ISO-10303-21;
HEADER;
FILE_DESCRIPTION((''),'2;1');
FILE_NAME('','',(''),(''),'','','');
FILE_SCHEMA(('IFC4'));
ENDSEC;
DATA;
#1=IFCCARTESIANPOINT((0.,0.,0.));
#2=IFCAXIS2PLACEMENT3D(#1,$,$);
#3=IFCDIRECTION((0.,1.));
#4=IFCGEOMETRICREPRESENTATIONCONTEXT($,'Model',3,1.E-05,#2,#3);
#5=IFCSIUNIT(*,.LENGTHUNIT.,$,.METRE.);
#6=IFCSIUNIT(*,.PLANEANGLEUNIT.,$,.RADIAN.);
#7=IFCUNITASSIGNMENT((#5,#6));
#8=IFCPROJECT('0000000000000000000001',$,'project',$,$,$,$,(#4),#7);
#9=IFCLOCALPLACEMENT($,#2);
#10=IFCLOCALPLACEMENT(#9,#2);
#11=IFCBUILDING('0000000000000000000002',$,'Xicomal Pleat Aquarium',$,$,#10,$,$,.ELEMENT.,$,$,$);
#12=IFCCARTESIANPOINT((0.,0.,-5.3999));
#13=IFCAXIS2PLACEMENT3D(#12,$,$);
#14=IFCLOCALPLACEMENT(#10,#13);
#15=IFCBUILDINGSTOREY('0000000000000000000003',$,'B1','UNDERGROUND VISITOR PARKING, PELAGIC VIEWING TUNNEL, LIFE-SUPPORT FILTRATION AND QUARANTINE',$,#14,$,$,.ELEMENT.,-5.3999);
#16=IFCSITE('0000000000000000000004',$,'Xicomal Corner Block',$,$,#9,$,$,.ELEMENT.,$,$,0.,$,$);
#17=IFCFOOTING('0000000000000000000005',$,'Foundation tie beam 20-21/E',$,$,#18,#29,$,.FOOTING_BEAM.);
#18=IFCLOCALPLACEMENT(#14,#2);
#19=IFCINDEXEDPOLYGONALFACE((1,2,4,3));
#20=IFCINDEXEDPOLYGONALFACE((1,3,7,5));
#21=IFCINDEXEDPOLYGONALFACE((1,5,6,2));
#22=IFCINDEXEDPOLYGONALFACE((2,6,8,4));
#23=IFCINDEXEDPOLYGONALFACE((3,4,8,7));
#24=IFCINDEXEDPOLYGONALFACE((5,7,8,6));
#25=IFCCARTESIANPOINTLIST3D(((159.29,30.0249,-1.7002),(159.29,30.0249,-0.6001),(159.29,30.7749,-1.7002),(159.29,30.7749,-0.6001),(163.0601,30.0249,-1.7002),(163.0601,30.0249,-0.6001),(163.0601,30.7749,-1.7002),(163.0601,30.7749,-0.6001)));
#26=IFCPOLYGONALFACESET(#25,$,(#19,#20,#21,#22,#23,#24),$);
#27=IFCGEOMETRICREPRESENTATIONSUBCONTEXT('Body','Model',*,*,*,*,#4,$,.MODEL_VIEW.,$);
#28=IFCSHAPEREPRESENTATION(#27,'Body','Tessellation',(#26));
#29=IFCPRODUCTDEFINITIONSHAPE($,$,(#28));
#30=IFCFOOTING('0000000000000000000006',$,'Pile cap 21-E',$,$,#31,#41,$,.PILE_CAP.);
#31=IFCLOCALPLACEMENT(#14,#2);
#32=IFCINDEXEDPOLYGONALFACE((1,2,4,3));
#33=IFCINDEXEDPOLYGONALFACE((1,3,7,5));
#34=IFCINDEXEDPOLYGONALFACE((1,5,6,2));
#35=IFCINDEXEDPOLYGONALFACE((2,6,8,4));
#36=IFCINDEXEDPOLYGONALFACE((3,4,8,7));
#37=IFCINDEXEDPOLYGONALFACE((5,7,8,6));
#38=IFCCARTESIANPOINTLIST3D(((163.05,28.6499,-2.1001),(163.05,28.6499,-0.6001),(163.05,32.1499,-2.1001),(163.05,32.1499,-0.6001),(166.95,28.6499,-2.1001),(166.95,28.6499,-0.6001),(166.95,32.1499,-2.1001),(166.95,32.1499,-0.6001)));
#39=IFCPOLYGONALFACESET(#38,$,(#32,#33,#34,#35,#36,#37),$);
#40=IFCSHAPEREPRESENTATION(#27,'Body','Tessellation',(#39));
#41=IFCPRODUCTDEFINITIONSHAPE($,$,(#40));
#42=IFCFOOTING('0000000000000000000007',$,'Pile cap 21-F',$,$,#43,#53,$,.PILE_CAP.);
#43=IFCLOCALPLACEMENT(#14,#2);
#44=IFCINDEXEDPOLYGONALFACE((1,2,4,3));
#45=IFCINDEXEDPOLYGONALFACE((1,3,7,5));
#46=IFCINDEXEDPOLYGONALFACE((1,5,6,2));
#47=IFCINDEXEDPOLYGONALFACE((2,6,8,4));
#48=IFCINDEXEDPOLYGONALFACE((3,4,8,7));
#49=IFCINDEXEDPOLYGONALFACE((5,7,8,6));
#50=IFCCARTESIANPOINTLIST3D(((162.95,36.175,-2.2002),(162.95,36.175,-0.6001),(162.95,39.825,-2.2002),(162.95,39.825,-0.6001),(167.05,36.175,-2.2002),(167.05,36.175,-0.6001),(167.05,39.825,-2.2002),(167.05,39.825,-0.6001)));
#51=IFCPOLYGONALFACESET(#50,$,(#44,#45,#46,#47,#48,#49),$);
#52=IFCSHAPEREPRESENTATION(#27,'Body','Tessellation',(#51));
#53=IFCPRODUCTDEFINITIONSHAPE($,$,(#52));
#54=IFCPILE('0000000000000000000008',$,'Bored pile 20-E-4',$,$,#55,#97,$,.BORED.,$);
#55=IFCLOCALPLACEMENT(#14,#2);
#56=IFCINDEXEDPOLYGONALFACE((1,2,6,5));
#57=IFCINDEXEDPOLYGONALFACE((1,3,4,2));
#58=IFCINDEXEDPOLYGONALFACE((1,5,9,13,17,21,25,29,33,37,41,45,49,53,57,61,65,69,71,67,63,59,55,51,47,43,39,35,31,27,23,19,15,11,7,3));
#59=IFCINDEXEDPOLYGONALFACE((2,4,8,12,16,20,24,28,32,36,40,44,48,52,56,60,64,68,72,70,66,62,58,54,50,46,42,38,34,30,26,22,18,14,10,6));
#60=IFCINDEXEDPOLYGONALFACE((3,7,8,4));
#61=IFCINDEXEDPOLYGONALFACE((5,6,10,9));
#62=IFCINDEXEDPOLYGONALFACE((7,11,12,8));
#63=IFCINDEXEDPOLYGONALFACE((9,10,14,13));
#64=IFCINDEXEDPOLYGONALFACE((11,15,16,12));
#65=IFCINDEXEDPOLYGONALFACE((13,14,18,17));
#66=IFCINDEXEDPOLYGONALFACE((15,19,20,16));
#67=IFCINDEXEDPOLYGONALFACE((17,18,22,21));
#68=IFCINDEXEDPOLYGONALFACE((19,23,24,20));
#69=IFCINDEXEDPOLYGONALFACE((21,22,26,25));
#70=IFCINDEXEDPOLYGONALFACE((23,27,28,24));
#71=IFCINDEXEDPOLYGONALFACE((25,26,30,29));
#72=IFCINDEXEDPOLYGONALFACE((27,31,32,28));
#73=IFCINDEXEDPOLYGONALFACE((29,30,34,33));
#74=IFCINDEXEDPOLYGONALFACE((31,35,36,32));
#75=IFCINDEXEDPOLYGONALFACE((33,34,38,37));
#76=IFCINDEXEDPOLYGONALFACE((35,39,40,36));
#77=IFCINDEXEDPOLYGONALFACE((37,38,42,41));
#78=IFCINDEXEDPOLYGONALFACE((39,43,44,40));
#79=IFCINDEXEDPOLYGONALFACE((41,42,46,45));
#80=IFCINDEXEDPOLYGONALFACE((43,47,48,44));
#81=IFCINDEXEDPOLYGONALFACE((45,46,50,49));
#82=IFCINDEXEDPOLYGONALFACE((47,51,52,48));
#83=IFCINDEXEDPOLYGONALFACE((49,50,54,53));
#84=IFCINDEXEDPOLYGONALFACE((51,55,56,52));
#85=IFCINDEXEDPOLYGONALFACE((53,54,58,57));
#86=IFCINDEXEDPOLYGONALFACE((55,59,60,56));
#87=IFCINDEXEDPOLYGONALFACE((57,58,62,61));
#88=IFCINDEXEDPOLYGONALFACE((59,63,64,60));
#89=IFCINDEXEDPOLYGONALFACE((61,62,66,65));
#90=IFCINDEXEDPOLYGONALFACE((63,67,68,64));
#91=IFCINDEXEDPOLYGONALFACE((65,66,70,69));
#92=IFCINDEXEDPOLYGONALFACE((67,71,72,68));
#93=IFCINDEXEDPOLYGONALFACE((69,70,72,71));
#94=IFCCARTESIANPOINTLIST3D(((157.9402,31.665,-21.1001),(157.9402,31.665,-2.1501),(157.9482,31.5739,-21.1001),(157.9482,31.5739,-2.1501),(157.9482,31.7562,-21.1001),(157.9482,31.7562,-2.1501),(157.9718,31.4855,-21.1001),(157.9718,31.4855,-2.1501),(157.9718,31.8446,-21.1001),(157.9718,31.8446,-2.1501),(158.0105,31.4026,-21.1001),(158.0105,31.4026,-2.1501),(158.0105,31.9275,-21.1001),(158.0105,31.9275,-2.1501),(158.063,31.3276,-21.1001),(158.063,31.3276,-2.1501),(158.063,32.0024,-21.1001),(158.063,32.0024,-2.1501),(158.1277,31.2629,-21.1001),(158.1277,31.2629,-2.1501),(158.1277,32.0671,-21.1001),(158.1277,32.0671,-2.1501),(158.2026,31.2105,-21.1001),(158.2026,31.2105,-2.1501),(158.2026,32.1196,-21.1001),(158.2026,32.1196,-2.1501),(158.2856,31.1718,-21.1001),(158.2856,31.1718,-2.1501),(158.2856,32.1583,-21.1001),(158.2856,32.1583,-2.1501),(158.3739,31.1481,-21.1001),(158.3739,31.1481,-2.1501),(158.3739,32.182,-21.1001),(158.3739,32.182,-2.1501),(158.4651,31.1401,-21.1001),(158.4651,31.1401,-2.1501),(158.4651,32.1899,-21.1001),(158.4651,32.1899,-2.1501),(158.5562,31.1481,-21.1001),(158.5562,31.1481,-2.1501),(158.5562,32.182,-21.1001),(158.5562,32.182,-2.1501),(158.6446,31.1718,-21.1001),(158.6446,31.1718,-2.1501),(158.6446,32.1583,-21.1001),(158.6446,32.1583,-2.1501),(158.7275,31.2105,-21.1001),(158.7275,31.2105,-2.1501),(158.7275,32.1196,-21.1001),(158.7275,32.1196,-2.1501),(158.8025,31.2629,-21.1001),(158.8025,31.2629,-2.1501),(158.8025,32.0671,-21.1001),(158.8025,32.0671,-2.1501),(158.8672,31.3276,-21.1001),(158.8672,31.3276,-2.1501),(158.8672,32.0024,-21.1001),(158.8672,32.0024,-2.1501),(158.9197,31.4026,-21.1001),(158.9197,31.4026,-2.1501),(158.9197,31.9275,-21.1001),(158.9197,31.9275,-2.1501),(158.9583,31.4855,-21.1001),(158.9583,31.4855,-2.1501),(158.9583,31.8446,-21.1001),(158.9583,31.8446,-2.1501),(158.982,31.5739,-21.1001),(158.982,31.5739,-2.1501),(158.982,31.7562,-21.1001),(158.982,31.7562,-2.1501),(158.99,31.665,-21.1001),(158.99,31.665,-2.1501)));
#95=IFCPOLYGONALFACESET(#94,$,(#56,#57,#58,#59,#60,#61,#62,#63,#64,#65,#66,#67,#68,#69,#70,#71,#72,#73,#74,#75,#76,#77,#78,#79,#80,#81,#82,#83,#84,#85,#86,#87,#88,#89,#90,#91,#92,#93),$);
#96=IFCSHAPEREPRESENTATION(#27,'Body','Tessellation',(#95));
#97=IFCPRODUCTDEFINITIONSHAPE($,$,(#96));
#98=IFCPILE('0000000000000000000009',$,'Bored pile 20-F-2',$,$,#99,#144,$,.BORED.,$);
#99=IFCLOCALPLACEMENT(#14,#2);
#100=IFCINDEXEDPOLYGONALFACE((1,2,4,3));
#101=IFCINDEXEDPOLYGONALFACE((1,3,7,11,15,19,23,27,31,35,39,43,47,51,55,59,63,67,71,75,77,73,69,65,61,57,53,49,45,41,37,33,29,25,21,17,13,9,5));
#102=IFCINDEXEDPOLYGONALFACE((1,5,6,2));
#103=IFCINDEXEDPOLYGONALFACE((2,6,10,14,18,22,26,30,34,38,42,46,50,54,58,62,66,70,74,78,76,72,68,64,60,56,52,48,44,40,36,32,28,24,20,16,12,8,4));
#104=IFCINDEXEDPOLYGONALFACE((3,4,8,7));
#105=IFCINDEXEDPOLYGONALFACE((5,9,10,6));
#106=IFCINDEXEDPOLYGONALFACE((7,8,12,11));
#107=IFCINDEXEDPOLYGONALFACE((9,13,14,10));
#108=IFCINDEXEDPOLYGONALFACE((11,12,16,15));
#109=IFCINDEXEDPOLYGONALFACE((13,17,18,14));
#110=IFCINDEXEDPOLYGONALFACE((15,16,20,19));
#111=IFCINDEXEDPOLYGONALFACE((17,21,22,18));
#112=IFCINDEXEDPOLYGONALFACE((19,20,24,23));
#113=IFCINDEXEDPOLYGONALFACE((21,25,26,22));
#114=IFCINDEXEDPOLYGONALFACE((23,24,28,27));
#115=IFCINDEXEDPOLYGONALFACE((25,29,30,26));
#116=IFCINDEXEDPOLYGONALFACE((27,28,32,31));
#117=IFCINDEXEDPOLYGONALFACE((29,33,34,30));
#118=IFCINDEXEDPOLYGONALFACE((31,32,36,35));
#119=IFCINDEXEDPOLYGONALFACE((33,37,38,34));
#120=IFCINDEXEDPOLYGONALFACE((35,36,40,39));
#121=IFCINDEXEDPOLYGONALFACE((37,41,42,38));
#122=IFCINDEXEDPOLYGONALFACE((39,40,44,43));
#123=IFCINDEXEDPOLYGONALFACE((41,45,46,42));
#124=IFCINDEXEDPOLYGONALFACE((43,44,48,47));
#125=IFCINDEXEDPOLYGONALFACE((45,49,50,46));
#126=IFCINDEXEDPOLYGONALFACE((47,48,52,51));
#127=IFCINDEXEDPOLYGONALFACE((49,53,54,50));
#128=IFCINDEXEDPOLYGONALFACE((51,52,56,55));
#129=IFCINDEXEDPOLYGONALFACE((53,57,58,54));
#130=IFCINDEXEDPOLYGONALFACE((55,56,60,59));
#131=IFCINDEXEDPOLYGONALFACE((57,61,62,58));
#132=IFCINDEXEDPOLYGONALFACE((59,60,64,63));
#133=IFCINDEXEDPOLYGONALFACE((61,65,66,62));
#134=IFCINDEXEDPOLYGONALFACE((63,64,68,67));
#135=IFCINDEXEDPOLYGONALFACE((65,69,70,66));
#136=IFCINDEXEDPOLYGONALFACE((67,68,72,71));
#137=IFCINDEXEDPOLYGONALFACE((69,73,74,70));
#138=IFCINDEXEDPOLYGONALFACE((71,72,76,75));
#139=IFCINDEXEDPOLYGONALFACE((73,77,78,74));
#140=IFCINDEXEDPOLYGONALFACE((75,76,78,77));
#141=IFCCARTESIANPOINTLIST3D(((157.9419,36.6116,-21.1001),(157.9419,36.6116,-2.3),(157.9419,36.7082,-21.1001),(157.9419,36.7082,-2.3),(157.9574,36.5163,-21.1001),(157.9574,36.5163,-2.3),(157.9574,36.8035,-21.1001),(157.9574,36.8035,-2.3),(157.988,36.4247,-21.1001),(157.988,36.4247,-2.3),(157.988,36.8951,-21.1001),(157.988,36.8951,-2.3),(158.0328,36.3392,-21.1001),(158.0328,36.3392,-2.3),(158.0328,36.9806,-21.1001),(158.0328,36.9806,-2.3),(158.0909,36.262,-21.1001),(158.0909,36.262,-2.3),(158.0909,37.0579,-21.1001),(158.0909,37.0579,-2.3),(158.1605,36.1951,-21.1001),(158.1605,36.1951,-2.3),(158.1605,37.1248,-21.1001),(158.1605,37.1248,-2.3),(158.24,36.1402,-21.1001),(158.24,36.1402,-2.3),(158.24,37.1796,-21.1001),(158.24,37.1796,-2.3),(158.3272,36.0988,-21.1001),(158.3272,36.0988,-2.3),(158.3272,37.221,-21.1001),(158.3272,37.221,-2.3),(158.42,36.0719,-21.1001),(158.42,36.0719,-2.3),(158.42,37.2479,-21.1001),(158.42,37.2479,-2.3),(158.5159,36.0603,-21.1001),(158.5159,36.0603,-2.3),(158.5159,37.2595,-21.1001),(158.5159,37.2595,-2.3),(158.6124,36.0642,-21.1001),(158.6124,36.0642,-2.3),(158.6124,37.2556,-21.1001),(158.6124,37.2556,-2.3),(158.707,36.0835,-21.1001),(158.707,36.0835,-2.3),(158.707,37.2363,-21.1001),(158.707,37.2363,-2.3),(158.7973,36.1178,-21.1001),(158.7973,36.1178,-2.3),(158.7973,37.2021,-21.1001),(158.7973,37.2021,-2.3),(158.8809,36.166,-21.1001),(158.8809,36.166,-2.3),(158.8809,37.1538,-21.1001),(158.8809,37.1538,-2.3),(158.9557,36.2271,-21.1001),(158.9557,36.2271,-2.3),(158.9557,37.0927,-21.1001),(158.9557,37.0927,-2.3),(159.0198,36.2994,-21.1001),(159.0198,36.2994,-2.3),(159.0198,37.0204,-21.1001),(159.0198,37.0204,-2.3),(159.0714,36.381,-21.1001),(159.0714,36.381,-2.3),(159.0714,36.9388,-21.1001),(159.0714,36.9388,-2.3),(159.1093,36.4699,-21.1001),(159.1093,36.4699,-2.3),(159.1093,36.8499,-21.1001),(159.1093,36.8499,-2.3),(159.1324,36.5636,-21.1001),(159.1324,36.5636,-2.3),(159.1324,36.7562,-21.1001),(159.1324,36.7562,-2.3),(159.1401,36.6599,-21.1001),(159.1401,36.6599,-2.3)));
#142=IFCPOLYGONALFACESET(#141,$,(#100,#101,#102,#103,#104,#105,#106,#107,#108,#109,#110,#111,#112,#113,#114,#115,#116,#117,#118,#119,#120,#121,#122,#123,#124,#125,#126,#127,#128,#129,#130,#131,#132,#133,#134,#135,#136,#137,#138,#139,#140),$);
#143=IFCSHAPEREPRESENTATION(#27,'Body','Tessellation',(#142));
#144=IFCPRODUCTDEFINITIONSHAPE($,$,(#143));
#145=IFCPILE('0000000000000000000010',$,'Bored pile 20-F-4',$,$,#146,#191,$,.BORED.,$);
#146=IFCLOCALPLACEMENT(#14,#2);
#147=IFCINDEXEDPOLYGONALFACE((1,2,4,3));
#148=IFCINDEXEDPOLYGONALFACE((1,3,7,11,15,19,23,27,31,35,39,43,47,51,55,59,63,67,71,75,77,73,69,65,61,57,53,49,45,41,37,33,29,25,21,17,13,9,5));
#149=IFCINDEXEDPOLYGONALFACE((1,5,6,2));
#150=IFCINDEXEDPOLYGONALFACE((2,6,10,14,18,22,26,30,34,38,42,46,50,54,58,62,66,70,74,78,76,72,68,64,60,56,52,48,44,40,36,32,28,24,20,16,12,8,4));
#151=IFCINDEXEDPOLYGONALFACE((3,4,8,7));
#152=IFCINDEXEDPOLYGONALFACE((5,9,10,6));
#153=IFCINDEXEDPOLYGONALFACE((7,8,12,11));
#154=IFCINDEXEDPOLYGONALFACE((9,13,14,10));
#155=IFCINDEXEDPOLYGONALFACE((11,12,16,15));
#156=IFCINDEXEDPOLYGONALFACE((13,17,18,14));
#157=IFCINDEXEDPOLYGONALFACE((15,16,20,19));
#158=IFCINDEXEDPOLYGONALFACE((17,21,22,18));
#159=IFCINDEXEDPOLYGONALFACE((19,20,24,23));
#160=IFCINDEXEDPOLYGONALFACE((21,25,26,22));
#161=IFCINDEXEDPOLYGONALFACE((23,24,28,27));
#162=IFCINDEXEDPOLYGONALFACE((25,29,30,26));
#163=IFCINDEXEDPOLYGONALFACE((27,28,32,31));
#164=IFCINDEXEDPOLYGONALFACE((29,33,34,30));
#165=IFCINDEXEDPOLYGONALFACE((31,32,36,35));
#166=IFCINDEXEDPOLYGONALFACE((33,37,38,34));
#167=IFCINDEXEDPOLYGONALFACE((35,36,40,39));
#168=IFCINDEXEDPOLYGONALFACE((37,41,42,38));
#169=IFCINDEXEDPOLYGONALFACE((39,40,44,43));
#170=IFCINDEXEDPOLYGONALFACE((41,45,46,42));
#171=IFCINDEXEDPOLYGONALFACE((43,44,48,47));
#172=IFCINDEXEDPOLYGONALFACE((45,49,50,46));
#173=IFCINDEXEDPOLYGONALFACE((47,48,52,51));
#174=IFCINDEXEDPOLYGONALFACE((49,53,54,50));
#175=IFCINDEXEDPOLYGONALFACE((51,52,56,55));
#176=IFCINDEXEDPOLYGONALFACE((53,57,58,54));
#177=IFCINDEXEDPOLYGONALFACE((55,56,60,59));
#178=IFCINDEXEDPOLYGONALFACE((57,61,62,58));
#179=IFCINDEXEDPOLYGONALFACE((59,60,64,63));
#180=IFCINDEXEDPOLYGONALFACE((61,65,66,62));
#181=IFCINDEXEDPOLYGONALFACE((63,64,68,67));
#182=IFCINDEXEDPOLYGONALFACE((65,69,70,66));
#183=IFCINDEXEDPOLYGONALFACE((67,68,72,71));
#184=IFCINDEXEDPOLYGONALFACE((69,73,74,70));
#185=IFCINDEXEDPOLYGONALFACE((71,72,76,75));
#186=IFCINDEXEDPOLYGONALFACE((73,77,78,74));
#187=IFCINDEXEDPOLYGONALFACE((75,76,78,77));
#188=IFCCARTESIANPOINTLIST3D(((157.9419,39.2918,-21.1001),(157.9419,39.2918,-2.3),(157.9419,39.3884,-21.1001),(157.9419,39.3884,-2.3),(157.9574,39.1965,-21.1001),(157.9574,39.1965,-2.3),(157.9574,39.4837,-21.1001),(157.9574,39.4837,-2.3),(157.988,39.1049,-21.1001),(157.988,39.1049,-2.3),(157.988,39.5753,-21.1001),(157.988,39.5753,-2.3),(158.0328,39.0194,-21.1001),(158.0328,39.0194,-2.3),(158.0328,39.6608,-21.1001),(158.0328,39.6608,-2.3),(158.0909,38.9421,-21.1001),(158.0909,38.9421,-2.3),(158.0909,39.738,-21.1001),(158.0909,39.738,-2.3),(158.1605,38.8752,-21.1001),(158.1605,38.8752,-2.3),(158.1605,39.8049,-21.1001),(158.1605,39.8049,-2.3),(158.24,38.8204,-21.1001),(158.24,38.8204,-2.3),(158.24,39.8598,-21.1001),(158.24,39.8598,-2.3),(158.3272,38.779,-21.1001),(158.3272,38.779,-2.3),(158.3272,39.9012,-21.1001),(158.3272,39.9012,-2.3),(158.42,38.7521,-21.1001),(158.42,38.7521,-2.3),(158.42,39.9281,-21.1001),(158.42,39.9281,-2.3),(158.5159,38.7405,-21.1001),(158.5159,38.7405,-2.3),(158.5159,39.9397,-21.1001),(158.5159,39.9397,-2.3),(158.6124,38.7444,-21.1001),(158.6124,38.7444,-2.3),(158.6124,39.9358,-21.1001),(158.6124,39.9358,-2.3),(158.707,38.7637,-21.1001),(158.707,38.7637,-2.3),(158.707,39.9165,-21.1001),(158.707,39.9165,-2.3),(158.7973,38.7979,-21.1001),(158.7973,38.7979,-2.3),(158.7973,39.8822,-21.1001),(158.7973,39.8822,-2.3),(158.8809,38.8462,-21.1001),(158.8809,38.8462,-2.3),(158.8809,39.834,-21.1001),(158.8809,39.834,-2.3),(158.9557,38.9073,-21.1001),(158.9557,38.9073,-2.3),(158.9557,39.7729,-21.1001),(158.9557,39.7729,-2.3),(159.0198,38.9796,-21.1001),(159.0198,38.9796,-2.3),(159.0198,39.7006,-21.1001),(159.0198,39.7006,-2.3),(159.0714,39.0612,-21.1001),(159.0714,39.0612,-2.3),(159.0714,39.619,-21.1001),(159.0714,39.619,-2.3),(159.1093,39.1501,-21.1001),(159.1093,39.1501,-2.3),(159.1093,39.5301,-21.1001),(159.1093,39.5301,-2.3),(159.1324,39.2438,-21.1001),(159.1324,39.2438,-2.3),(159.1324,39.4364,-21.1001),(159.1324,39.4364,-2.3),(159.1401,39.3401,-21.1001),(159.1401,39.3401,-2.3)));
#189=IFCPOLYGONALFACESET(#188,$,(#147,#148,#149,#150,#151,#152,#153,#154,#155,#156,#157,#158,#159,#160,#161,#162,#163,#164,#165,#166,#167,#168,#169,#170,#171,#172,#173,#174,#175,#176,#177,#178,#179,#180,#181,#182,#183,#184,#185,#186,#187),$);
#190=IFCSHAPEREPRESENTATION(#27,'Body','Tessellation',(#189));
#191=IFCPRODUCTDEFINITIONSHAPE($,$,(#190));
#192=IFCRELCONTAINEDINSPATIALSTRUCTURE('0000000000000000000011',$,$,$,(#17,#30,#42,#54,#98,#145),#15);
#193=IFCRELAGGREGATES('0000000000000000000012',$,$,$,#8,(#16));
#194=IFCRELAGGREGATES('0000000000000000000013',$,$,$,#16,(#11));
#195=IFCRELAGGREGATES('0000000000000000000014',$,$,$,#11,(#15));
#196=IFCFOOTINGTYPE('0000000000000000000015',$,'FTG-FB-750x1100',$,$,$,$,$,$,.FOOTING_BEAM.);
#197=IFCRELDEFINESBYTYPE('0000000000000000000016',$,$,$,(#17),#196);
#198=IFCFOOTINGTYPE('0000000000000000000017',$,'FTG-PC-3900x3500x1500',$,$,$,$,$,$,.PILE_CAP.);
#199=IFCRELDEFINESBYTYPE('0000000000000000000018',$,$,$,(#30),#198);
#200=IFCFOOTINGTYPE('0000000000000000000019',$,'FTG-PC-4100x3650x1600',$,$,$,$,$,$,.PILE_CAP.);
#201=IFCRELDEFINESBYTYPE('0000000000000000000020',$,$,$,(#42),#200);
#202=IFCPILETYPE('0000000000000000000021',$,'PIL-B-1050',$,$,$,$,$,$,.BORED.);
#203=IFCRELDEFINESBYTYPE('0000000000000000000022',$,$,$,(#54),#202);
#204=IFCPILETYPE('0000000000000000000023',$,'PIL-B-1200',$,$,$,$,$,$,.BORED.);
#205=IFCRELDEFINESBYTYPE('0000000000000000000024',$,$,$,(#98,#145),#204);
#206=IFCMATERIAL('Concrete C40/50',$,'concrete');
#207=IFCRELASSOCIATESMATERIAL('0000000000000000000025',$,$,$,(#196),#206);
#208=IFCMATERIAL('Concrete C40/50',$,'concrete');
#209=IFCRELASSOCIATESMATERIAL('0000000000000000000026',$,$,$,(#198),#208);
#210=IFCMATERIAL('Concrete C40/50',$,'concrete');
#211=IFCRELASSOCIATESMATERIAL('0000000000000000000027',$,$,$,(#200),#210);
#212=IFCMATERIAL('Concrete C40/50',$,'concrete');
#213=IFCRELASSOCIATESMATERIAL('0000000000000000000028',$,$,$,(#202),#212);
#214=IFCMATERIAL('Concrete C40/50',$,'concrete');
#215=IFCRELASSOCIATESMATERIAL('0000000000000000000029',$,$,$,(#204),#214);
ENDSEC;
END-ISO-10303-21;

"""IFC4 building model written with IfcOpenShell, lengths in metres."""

from ifc_helpers import new_model, si_unit, direction, frame, origin, origin_2d, place, context, subcontext, project, spatial, rectangle, circle, extrude, material, material_profile, profile_set, type_object, element, save


model = new_model("IFC4")

# Units and contexts
model_context = context("Model", 3, precision=1e-05, world=origin(), true_north=direction((0.0, 1.0)))
body_context = subcontext(model_context, "Body", "Model", "MODEL_VIEW")
ifc_project = project(units=[si_unit("LENGTHUNIT", "METRE"), si_unit("PLANEANGLEUNIT", "RADIAN")], contexts=[model_context])

# Site, building, storey
site_placement = place(None, origin())
site = spatial("IfcSite", under=ifc_project, at=site_placement, Name="Xicomal Corner Block", CompositionType="ELEMENT", RefElevation=0.0)
building_placement = place(site_placement, origin())
building = spatial("IfcBuilding", under=site, at=building_placement, Name="Xicomal Pleat Aquarium", CompositionType="ELEMENT")
storey_placement = place(building_placement, frame((0.0, 0.0, -5.3999)))
storey = spatial("IfcBuildingStorey", under=building, at=storey_placement, Name="B1", Description="UNDERGROUND VISITOR PARKING, PELAGIC VIEWING TUNNEL, LIFE-SUPPORT FILTRATION AND QUARANTINE", CompositionType="ELEMENT", Elevation=-5.3999)

# Footings
ifc_material_1 = material(Name="Concrete C40/50", Category="concrete")
ifc_material_profile_1 = material_profile(ifc_material_1, rectangle(XDim=0.75, YDim=1.1001, at=origin_2d()), Name="FB-04 750x1100")
ifc_profile_set_1 = profile_set([ifc_material_profile_1], Name="Concrete C40/50")
footing_type_1 = type_object("IfcFootingType", Name="FTG-FB-750x1100", PredefinedType="FOOTING_BEAM", material=ifc_profile_set_1)
footing_1_placement = place(storey_placement, frame((159.29, 30.3999, -1.1501), z_axis=(1.0, 0.0, 0.0), x_axis=(0.0, 1.0, 0.0)))
element("IfcFooting", 1, at=footing_1_placement, inside=storey, type_object=footing_type_1, Name="Foundation tie beam 20-21/E", PredefinedType="FOOTING_BEAM", context=body_context, shape_type="SweptSolid", body=[
    extrude(rectangle(XDim=0.75, YDim=1.1001, at=origin_2d()), origin(), (0.0, 0.0, 1.0), 3.77),
])
ifc_material_2 = material(Name="Concrete C40/50", Category="concrete")
footing_type_2 = type_object("IfcFootingType", Name="FTG-PC-3900x3500x1500", PredefinedType="PILE_CAP", material=ifc_material_2)
footing_2_placement = place(storey_placement, frame((165.0, 30.3999, -2.1001), z_axis=(0.0, 0.0, 1.0), x_axis=(1.0, 0.0, 0.0)))
element("IfcFooting", 2, at=footing_2_placement, inside=storey, type_object=footing_type_2, Name="Pile cap 21-E", PredefinedType="PILE_CAP", context=body_context, shape_type="SweptSolid", body=[
    extrude(rectangle(XDim=3.8999, YDim=3.5, at=origin_2d()), origin(), (0.0, 0.0, 1.0), 1.5),
])
ifc_material_3 = material(Name="Concrete C40/50", Category="concrete")
footing_type_3 = type_object("IfcFootingType", Name="FTG-PC-4100x3650x1600", PredefinedType="PILE_CAP", material=ifc_material_3)
footing_3_placement = place(storey_placement, frame((165.0, 38.0, -2.2002), z_axis=(0.0, 0.0, 1.0), x_axis=(1.0, 0.0, 0.0)))
element("IfcFooting", 3, at=footing_3_placement, inside=storey, type_object=footing_type_3, Name="Pile cap 21-F", PredefinedType="PILE_CAP", context=body_context, shape_type="SweptSolid", body=[
    extrude(rectangle(XDim=4.1001, YDim=3.6499, at=origin_2d()), origin(), (0.0, 0.0, 1.0), 1.6001),
])

# Piles
ifc_material_4 = material(Name="Concrete C40/50", Category="concrete")
ifc_material_profile_2 = material_profile(ifc_material_4, circle(Radius=0.5249, at=origin_2d()), Name="BORED PILE D1050")
ifc_profile_set_2 = profile_set([ifc_material_profile_2], Name="Concrete C40/50")
pile_type_1 = type_object("IfcPileType", Name="PIL-B-1050", PredefinedType="BORED", material=ifc_profile_set_2)
pile_placement = place(storey_placement, frame((158.4651, 31.665, -2.1501), z_axis=(0.0, 0.0, -1.0), x_axis=(1.0, 0.0, 0.0)))
element("IfcPile", 4, at=pile_placement, inside=storey, type_object=pile_type_1, Name="Bored pile 20-E-4", PredefinedType="BORED", context=body_context, shape_type="SweptSolid", body=[
    extrude(circle(Radius=0.5249, at=origin_2d()), origin(), (0.0, 0.0, 1.0), 18.95),
])
ifc_material_5 = material(Name="Concrete C40/50", Category="concrete")
ifc_material_profile_3 = material_profile(ifc_material_5, circle(Radius=0.6001, at=origin_2d()), Name="BORED PILE D1200")
ifc_profile_set_3 = profile_set([ifc_material_profile_3], Name="Concrete C40/50")
pile_type_2 = type_object("IfcPileType", Name="PIL-B-1200", PredefinedType="BORED", material=ifc_profile_set_3)
for number, where, z_axis, x_axis, name in (
    (5, (158.54, 36.6599, -2.3), (0.0, 0.0, -1.0), (1.0, 0.0, 0.0), "Bored pile 20-F-2"),
    (6, (158.54, 39.3401, -2.3), (0.0, 0.0, -1.0), (1.0, 0.0, 0.0), "Bored pile 20-F-4"),
):
    element("IfcPile", number, at=place(storey_placement, frame(where, z_axis=z_axis, x_axis=x_axis)), inside=storey, type_object=pile_type_2, Name=name, PredefinedType="BORED", context=body_context, shape_type="SweptSolid", body=[
        extrude(circle(Radius=0.6001, at=origin_2d()), origin(), (0.0, 0.0, 1.0), 18.8),
    ])

save(model, "model.ifc")
